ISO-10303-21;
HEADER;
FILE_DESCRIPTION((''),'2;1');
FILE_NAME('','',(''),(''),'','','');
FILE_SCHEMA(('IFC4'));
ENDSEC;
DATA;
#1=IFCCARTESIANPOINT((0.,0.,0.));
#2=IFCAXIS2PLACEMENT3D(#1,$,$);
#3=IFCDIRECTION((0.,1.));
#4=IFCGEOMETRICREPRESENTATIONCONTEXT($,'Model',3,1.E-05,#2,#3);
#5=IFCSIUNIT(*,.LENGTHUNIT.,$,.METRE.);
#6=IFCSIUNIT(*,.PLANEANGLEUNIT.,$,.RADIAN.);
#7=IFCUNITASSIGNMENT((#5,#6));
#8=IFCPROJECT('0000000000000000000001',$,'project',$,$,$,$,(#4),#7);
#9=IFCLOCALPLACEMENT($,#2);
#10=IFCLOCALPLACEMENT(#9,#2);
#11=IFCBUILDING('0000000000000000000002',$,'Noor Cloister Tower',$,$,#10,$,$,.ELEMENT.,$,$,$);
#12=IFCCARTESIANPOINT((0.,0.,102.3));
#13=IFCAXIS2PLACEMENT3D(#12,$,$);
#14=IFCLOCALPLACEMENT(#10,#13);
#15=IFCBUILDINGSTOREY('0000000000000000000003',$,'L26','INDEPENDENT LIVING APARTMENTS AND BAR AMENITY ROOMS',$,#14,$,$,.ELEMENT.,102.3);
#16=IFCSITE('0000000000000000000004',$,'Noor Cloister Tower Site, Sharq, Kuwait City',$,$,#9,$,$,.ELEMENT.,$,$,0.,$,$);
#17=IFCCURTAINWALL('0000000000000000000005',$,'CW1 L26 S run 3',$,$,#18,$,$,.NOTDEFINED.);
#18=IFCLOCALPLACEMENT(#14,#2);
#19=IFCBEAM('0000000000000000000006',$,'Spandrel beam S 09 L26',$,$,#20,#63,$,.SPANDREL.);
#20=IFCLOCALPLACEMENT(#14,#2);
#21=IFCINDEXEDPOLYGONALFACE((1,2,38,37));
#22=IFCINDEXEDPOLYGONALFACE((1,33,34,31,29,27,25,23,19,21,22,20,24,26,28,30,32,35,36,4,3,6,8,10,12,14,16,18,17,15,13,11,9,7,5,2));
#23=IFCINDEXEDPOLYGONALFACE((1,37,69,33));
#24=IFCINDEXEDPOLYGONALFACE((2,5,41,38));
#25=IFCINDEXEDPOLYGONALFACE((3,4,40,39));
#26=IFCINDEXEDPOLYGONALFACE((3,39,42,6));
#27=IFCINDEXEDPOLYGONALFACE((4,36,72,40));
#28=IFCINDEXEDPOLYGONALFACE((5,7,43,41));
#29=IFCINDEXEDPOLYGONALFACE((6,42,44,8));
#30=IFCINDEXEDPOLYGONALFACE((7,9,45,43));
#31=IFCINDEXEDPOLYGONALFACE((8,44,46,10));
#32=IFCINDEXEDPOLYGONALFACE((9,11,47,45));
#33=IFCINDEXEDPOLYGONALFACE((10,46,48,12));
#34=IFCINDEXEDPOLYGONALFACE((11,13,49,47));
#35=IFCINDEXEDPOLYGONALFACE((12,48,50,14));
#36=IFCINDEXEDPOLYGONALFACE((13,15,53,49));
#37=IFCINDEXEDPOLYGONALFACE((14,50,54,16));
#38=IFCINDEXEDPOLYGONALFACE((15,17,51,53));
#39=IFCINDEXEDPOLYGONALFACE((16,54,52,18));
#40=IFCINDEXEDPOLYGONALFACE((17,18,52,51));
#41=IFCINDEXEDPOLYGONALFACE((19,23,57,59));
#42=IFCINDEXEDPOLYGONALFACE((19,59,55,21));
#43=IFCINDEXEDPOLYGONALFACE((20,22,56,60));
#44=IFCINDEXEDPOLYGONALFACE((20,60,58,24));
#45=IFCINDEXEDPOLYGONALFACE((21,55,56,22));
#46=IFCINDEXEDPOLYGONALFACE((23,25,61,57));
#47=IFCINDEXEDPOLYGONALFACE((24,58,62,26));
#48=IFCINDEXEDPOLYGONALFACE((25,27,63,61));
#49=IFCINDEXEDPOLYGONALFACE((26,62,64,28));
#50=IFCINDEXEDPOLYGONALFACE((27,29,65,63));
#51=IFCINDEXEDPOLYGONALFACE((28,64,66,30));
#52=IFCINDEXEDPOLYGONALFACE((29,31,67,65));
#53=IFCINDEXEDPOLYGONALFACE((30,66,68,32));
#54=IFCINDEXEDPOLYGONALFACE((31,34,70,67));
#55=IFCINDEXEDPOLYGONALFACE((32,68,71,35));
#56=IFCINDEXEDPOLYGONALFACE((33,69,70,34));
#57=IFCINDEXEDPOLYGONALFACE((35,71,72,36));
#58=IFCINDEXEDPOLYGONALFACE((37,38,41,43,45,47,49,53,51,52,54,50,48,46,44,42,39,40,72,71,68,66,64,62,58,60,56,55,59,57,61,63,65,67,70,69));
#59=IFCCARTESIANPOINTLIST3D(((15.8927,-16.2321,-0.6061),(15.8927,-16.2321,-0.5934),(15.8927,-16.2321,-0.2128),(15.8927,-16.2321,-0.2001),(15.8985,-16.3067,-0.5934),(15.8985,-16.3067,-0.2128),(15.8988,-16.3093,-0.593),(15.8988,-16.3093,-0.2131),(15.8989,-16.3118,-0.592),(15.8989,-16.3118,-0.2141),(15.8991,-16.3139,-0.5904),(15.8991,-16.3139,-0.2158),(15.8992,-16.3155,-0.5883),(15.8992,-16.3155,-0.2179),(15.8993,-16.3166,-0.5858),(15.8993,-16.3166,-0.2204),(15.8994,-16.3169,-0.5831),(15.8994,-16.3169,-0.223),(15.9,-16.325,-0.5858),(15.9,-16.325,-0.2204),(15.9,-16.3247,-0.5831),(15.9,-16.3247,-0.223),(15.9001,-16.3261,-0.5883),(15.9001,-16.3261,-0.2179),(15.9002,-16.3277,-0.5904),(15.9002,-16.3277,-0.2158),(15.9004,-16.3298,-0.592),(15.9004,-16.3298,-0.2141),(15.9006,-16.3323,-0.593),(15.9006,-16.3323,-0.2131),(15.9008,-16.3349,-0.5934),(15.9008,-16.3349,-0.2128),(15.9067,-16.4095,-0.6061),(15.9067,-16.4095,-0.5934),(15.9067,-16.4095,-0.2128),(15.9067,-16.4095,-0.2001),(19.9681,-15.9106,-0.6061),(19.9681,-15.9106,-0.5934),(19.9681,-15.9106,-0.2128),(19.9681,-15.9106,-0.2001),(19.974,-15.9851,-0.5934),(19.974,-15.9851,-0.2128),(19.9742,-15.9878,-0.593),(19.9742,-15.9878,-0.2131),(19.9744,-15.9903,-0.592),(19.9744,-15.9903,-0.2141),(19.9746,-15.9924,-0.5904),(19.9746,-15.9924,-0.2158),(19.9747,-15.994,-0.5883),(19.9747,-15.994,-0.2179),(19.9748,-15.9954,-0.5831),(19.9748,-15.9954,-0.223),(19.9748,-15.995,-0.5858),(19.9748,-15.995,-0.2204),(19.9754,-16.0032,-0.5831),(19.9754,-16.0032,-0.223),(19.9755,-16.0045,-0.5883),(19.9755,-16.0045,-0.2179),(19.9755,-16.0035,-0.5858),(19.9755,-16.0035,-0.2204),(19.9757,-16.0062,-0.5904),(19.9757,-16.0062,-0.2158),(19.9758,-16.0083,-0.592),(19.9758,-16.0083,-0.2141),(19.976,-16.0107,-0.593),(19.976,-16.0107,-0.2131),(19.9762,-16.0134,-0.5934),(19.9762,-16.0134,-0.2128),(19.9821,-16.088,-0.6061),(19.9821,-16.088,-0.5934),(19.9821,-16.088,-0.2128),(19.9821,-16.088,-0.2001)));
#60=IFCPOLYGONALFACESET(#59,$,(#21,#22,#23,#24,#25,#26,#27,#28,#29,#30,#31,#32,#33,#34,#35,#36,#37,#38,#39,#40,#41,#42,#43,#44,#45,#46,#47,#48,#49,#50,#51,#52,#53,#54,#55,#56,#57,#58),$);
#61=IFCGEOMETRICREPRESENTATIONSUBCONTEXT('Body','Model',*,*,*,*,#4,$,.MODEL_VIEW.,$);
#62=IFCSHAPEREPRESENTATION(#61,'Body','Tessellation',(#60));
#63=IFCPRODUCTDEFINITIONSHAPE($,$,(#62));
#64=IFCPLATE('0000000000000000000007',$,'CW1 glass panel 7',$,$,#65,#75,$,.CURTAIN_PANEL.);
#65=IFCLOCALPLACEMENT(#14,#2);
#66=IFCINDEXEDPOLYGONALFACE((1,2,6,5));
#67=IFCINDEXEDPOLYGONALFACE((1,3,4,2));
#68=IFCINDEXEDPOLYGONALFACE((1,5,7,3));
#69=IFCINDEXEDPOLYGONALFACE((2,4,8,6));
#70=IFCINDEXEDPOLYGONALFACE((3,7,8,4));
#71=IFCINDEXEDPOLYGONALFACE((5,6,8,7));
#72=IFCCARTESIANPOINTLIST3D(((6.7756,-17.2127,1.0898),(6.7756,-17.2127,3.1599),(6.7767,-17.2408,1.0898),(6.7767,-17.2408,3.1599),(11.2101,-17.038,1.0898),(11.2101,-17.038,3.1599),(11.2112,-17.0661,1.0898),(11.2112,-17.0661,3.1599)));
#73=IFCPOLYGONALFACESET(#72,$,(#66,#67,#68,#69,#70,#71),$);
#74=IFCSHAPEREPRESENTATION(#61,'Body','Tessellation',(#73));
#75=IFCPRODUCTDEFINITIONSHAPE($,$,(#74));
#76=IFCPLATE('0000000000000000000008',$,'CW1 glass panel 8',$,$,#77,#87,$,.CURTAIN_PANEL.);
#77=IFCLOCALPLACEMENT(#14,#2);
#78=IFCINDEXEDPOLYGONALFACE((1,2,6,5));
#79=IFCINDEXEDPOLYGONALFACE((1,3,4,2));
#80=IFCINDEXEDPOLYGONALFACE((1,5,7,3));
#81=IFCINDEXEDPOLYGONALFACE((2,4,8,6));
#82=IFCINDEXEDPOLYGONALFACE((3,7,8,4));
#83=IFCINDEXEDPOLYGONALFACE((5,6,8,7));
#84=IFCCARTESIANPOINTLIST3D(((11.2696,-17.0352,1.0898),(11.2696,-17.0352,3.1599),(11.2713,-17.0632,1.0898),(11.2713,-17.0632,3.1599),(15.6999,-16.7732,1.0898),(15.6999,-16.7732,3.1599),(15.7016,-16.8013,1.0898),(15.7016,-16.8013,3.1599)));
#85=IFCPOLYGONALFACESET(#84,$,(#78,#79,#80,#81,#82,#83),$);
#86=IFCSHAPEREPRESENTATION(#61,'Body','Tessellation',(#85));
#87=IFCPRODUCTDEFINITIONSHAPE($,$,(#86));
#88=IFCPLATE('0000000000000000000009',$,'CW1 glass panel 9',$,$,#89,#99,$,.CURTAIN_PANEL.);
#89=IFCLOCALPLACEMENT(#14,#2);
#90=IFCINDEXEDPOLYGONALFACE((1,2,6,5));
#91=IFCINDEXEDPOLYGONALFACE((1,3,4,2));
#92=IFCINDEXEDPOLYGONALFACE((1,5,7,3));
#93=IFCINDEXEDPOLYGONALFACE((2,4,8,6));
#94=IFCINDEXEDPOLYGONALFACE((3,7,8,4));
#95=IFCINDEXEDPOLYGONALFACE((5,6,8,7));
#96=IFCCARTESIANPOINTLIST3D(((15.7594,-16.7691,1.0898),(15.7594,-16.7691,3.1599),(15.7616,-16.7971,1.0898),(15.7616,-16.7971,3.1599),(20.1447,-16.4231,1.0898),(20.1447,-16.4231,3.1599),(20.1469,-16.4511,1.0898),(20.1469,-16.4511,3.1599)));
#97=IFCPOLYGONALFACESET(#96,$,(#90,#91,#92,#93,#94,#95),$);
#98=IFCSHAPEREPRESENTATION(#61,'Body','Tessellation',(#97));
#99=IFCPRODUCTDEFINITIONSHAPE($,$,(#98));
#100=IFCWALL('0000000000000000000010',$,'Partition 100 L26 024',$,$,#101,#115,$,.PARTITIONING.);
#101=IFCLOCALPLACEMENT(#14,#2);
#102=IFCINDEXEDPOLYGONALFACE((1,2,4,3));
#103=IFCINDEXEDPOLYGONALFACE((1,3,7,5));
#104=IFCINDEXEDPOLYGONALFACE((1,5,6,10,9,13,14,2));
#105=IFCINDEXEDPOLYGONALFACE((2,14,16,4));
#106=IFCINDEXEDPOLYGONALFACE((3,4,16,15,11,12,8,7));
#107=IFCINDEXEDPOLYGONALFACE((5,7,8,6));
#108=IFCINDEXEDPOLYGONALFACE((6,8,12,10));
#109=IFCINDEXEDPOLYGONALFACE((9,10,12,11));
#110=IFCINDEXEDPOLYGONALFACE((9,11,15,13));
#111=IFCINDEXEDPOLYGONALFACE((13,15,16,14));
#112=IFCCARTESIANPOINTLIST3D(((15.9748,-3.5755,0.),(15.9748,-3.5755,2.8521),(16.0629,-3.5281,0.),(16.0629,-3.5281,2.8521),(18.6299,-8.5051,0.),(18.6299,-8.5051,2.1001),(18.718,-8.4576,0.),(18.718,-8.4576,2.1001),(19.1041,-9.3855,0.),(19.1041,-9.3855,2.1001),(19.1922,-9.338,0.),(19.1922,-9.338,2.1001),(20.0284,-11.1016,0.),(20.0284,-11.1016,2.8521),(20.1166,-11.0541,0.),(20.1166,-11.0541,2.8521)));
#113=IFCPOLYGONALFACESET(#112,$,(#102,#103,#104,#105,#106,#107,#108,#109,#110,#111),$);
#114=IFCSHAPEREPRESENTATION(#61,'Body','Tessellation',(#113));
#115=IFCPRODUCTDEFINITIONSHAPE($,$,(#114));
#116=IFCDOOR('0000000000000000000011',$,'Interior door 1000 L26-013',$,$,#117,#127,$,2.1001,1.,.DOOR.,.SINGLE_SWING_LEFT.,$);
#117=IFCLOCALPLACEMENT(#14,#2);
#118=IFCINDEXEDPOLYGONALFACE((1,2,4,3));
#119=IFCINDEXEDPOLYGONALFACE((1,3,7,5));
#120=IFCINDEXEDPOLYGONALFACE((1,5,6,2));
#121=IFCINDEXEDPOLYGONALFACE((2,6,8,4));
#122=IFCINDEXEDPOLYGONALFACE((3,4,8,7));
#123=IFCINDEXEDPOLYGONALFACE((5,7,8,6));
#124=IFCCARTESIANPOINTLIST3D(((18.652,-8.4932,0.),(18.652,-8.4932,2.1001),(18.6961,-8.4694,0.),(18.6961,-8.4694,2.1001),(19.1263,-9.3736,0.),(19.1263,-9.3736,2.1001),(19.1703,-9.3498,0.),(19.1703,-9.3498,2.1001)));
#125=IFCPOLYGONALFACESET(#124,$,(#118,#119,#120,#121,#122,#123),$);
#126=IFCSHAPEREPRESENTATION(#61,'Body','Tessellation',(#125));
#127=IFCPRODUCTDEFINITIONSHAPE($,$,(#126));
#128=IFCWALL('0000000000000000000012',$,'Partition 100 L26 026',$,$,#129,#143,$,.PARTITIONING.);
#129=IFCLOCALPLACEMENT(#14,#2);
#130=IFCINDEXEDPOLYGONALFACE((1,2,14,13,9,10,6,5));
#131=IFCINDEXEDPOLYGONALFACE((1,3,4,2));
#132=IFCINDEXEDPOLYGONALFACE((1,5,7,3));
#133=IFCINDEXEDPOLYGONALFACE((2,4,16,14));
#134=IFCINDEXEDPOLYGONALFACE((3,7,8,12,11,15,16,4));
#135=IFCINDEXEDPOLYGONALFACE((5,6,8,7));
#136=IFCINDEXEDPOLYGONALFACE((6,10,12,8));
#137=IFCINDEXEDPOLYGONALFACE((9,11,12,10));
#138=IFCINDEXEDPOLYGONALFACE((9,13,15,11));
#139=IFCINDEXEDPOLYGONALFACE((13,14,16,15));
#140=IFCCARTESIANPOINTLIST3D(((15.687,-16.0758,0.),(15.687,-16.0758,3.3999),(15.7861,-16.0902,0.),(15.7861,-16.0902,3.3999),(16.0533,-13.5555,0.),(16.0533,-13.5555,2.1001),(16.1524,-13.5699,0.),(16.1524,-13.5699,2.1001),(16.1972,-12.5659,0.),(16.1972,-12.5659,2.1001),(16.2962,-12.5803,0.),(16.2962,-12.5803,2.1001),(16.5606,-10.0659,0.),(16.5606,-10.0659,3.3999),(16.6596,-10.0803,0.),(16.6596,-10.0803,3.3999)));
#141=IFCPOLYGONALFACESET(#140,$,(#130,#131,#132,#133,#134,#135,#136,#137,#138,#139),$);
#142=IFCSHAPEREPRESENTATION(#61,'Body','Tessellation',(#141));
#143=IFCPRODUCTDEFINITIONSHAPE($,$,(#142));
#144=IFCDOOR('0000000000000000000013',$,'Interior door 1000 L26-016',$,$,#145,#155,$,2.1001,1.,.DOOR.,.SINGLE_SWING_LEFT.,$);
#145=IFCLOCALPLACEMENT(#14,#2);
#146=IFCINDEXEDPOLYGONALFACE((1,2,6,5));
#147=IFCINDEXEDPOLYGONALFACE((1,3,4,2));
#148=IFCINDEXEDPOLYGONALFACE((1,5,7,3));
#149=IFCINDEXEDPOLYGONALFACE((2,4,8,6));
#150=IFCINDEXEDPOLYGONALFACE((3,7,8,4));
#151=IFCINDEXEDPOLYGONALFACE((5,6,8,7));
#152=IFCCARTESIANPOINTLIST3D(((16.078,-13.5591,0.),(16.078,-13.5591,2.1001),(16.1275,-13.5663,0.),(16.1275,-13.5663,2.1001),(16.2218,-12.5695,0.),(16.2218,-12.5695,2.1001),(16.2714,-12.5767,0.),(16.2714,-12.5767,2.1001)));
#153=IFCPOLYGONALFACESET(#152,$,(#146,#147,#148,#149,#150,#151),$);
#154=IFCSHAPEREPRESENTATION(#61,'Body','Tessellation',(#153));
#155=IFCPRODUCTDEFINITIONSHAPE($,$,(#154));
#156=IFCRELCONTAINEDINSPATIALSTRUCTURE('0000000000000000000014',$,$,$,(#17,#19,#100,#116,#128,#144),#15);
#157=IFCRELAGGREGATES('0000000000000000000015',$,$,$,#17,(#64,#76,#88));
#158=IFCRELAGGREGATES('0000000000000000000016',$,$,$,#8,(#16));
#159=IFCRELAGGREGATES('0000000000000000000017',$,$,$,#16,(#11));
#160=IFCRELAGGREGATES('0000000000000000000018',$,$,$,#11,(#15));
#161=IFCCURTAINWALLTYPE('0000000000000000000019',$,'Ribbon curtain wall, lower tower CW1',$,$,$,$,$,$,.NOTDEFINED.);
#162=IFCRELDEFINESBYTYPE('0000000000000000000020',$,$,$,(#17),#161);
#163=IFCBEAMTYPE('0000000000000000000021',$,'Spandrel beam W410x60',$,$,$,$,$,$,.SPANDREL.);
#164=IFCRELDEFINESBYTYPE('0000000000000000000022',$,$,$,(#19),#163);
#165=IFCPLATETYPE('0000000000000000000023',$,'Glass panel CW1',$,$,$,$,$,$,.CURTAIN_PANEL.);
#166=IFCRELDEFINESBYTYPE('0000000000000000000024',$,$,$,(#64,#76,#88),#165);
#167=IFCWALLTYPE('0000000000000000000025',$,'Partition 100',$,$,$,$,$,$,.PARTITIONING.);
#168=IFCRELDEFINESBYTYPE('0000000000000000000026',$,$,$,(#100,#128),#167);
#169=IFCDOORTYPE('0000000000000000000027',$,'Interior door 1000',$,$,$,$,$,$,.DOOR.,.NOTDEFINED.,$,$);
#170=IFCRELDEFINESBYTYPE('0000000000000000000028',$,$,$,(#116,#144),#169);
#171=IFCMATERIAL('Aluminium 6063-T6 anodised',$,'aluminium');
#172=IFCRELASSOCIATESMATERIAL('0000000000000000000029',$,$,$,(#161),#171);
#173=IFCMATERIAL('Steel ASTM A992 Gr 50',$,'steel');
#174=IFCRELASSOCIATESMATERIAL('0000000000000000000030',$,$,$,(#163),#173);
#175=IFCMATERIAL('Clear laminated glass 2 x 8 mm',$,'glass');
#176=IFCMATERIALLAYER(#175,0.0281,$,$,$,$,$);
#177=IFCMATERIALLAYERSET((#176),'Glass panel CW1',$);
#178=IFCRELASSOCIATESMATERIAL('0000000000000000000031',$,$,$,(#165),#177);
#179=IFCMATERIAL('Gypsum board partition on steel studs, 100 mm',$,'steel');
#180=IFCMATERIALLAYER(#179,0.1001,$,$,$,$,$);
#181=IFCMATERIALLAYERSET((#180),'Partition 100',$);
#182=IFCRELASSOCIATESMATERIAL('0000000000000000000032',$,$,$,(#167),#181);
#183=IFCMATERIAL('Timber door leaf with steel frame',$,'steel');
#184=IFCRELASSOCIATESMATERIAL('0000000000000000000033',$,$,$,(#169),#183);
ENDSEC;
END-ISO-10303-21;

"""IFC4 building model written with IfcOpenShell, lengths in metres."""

from ifc_helpers import new_model, si_unit, direction, frame, frame_2d, origin, origin_2d, place, context, subcontext, project, spatial, rectangle, i_section, extrude, material, layer, layer_set, material_profile, profile_set, type_object, element, fill, aggregate, save


model = new_model("IFC4")

# Units and contexts
model_context = context("Model", 3, precision=1e-05, world=origin(), true_north=direction((0.0, 1.0)))
body_context = subcontext(model_context, "Body", "Model", "MODEL_VIEW")
ifc_project = project(units=[si_unit("LENGTHUNIT", "METRE"), si_unit("PLANEANGLEUNIT", "RADIAN")], contexts=[model_context])

# Site, building, storey
site_placement = place(None, origin())
site = spatial("IfcSite", under=ifc_project, at=site_placement, Name="Noor Cloister Tower Site, Sharq, Kuwait City", CompositionType="ELEMENT", RefElevation=0.0)
building_placement = place(site_placement, origin())
building = spatial("IfcBuilding", under=site, at=building_placement, Name="Noor Cloister Tower", CompositionType="ELEMENT")
storey_placement = place(building_placement, frame((0.0, 0.0, 102.3)))
storey = spatial("IfcBuildingStorey", under=building, at=storey_placement, Name="L26", Description="INDEPENDENT LIVING APARTMENTS AND BAR AMENITY ROOMS", CompositionType="ELEMENT", Elevation=102.3)

# Curtain wall
ifc_material_1 = material(Name="Aluminium 6063-T6 anodised", Category="aluminium")
curtain_wall_type = type_object("IfcCurtainWallType", Name="Ribbon curtain wall, lower tower CW1", PredefinedType="NOTDEFINED", material=ifc_material_1)
curtain_wall_placement = place(storey_placement, origin())
curtain_wall = element("IfcCurtainWall", 1, at=curtain_wall_placement, inside=storey, type_object=curtain_wall_type, Name="CW1 L26 S run 3", PredefinedType="NOTDEFINED")

# Beam
ifc_material_2 = material(Name="Steel ASTM A992 Gr 50", Category="steel")
ifc_material_profile_1 = material_profile(ifc_material_2, i_section(OverallWidth=0.178, OverallDepth=0.406, WebThickness=0.0078, FlangeThickness=0.0127, FilletRadius=0.0103, at=origin_2d()), Name="W410x60")
ifc_profile_set_1 = profile_set([ifc_material_profile_1], Name="Steel ASTM A992 Gr 50")
beam_type_1 = type_object("IfcBeamType", Name="Spandrel beam W410x60", PredefinedType="SPANDREL", material=ifc_profile_set_1)
for number, where, z_axis, x_axis, name in (
    (2, (15.8997, -16.3208, -0.4031), (0.996902, 0.078651, 0.0), (-0.078651, 0.996902, 0.0), "Spandrel beam S 09 L26"),
):
    element("IfcBeam", number, at=place(storey_placement, frame(where, z_axis=z_axis, x_axis=x_axis)), inside=storey, type_object=beam_type_1, Name=name, PredefinedType="SPANDREL", context=body_context, shape_type="SweptSolid", body=[
        extrude(i_section(OverallWidth=0.178, OverallDepth=0.406, WebThickness=0.0078, FlangeThickness=0.0127, FilletRadius=0.0103, at=origin_2d()), origin(), (0.0, 0.0, 1.0), 4.0881),
    ])

# Plates
ifc_material_3 = material(Name="Clear laminated glass 2 x 8 mm", Category="glass")
ifc_layer_1 = layer(ifc_material_3, 0.0281)
ifc_layer_set_1 = layer_set([ifc_layer_1], Name="Glass panel CW1")
plate_type = type_object("IfcPlateType", Name="Glass panel CW1", PredefinedType="CURTAIN_PANEL", material=ifc_layer_set_1)
plate_1_placement = place(storey_placement, frame((8.9934, -17.1394, 1.0898), z_axis=(0.0, 0.0, 1.0), x_axis=(0.999225, 0.039356, 0.0)))
plate_1 = element("IfcPlate", 3, at=plate_1_placement, type_object=plate_type, Name="CW1 glass panel 7", PredefinedType="CURTAIN_PANEL", context=body_context, shape_type="SweptSolid", body=[
    extrude(rectangle(XDim=4.438, YDim=0.0281, at=origin_2d()), origin(), (0.0, 0.0, 1.0), 2.0701),
])
plate_2_placement = place(storey_placement, frame((13.4856, -16.9182, 1.0898), z_axis=(0.0, 0.0, 1.0), x_axis=(0.998257, 0.059016, 0.0)))
plate_2 = element("IfcPlate", 4, at=plate_2_placement, type_object=plate_type, Name="CW1 glass panel 8", PredefinedType="CURTAIN_PANEL", context=body_context, shape_type="SweptSolid", body=[
    extrude(rectangle(XDim=4.438, YDim=0.0281, at=origin_2d()), origin(), (0.0, 0.0, 1.0), 2.0701),
])
plate_3_placement = place(storey_placement, frame((17.9531, -16.6101, 1.0898), z_axis=(0.0, 0.0, 1.0), x_axis=(0.996902, 0.078652, 0.0)))
plate_3 = element("IfcPlate", 5, at=plate_3_placement, type_object=plate_type, Name="CW1 glass panel 9", PredefinedType="CURTAIN_PANEL", context=body_context, shape_type="SweptSolid", body=[
    extrude(rectangle(XDim=4.3989, YDim=0.0281, at=origin_2d()), origin(), (0.0, 0.0, 1.0), 2.0701),
])
aggregate(curtain_wall, [plate_1, plate_2, plate_3])

# Walls, openings, doors
ifc_material_4 = material(Name="Gypsum board partition on steel studs, 100 mm", Category="steel")
ifc_layer_2 = layer(ifc_material_4, 0.1001)
ifc_layer_set_2 = layer_set([ifc_layer_2], Name="Partition 100")
wall_type = type_object("IfcWallType", Name="Partition 100", PredefinedType="PARTITIONING", material=ifc_layer_set_2)
wall_1_placement = place(storey_placement, frame((20.0725, -11.0779, 0.0), z_axis=(0.0, 0.0, 1.0), x_axis=(-0.474207, 0.880413, 0.0)))
wall_1 = element("IfcWall", 6, at=wall_1_placement, inside=storey, type_object=wall_type, Name="Partition 100 L26 024", PredefinedType="PARTITIONING", context=body_context, shape_type="SweptSolid", body=[
    extrude(rectangle(XDim=8.5483, YDim=0.1001, at=frame_2d((4.2742, 0.0))), origin(), (0.0, 0.0, 1.0), 2.8521),
])
opening_1_placement = place(wall_1_placement, frame((1.9492, 0.0, 0.0)))
opening_1 = element("IfcOpeningElement", 7, at=opening_1_placement, cuts=wall_1, PredefinedType="OPENING", context=body_context, shape_type="SweptSolid", body=[
    extrude(rectangle(XDim=1.0, YDim=2.1001, at=frame_2d((0.5, 1.05))), frame((0.0, 0.0601, 0.0), z_axis=(0.0, -1.0, 0.0), x_axis=(1.0, 0.0, 0.0)), (0.0, 0.0, 1.0), 0.1201),
])
ifc_material_5 = material(Name="Timber door leaf with steel frame", Category="steel")
door_type = type_object("IfcDoorType", Name="Interior door 1000", OperationType="NOTDEFINED", PredefinedType="DOOR", material=ifc_material_5)
door_1_placement = place(opening_1_placement, origin())
door_1 = element("IfcDoor", 8, at=door_1_placement, inside=storey, type_object=door_type, Name="Interior door 1000 L26-013", OperationType="SINGLE_SWING_LEFT", OverallHeight=2.1001, OverallWidth=1.0, PredefinedType="DOOR", context=body_context, shape_type="SweptSolid", body=[
    extrude(rectangle(XDim=1.0, YDim=2.1001, at=frame_2d((0.5, 1.05))), frame((0.0, 0.0249, 0.0), z_axis=(0.0, -1.0, 0.0), x_axis=(1.0, 0.0, 0.0)), (0.0, 0.0, 1.0), 0.05),
])
fill(opening_1, door_1)
wall_2_placement = place(storey_placement, frame((16.6101, -10.073, 0.0), z_axis=(0.0, 0.0, 1.0), x_axis=(-0.143841, -0.989601, 0.0)))
wall_2 = element("IfcWall", 9, at=wall_2_placement, inside=storey, type_object=wall_type, Name="Partition 100 L26 026", PredefinedType="PARTITIONING", context=body_context, shape_type="SweptSolid", body=[
    extrude(rectangle(XDim=6.073, YDim=0.1001, at=frame_2d((3.0366, 0.0))), origin(), (0.0, 0.0, 1.0), 3.3999),
])
opening_2_placement = place(wall_2_placement, frame((2.5264, 0.0, 0.0)))
opening_2 = element("IfcOpeningElement", 10, at=opening_2_placement, cuts=wall_2, PredefinedType="OPENING", context=body_context, shape_type="SweptSolid", body=[
    extrude(rectangle(XDim=1.0, YDim=2.1001, at=frame_2d((0.5, 1.05))), frame((0.0, 0.0601, 0.0), z_axis=(0.0, -1.0, 0.0), x_axis=(1.0, 0.0, 0.0)), (0.0, 0.0, 1.0), 0.1201),
])
door_2_placement = place(opening_2_placement, origin())
door_2 = element("IfcDoor", 11, at=door_2_placement, inside=storey, type_object=door_type, Name="Interior door 1000 L26-016", OperationType="SINGLE_SWING_LEFT", OverallHeight=2.1001, OverallWidth=1.0, PredefinedType="DOOR", context=body_context, shape_type="SweptSolid", body=[
    extrude(rectangle(XDim=1.0, YDim=2.1001, at=frame_2d((0.5, 1.05))), frame((0.0, 0.0249, 0.0), z_axis=(0.0, -1.0, 0.0), x_axis=(1.0, 0.0, 0.0)), (0.0, 0.0, 1.0), 0.05),
])
fill(opening_2, door_2)

save(model, "model.ifc")
